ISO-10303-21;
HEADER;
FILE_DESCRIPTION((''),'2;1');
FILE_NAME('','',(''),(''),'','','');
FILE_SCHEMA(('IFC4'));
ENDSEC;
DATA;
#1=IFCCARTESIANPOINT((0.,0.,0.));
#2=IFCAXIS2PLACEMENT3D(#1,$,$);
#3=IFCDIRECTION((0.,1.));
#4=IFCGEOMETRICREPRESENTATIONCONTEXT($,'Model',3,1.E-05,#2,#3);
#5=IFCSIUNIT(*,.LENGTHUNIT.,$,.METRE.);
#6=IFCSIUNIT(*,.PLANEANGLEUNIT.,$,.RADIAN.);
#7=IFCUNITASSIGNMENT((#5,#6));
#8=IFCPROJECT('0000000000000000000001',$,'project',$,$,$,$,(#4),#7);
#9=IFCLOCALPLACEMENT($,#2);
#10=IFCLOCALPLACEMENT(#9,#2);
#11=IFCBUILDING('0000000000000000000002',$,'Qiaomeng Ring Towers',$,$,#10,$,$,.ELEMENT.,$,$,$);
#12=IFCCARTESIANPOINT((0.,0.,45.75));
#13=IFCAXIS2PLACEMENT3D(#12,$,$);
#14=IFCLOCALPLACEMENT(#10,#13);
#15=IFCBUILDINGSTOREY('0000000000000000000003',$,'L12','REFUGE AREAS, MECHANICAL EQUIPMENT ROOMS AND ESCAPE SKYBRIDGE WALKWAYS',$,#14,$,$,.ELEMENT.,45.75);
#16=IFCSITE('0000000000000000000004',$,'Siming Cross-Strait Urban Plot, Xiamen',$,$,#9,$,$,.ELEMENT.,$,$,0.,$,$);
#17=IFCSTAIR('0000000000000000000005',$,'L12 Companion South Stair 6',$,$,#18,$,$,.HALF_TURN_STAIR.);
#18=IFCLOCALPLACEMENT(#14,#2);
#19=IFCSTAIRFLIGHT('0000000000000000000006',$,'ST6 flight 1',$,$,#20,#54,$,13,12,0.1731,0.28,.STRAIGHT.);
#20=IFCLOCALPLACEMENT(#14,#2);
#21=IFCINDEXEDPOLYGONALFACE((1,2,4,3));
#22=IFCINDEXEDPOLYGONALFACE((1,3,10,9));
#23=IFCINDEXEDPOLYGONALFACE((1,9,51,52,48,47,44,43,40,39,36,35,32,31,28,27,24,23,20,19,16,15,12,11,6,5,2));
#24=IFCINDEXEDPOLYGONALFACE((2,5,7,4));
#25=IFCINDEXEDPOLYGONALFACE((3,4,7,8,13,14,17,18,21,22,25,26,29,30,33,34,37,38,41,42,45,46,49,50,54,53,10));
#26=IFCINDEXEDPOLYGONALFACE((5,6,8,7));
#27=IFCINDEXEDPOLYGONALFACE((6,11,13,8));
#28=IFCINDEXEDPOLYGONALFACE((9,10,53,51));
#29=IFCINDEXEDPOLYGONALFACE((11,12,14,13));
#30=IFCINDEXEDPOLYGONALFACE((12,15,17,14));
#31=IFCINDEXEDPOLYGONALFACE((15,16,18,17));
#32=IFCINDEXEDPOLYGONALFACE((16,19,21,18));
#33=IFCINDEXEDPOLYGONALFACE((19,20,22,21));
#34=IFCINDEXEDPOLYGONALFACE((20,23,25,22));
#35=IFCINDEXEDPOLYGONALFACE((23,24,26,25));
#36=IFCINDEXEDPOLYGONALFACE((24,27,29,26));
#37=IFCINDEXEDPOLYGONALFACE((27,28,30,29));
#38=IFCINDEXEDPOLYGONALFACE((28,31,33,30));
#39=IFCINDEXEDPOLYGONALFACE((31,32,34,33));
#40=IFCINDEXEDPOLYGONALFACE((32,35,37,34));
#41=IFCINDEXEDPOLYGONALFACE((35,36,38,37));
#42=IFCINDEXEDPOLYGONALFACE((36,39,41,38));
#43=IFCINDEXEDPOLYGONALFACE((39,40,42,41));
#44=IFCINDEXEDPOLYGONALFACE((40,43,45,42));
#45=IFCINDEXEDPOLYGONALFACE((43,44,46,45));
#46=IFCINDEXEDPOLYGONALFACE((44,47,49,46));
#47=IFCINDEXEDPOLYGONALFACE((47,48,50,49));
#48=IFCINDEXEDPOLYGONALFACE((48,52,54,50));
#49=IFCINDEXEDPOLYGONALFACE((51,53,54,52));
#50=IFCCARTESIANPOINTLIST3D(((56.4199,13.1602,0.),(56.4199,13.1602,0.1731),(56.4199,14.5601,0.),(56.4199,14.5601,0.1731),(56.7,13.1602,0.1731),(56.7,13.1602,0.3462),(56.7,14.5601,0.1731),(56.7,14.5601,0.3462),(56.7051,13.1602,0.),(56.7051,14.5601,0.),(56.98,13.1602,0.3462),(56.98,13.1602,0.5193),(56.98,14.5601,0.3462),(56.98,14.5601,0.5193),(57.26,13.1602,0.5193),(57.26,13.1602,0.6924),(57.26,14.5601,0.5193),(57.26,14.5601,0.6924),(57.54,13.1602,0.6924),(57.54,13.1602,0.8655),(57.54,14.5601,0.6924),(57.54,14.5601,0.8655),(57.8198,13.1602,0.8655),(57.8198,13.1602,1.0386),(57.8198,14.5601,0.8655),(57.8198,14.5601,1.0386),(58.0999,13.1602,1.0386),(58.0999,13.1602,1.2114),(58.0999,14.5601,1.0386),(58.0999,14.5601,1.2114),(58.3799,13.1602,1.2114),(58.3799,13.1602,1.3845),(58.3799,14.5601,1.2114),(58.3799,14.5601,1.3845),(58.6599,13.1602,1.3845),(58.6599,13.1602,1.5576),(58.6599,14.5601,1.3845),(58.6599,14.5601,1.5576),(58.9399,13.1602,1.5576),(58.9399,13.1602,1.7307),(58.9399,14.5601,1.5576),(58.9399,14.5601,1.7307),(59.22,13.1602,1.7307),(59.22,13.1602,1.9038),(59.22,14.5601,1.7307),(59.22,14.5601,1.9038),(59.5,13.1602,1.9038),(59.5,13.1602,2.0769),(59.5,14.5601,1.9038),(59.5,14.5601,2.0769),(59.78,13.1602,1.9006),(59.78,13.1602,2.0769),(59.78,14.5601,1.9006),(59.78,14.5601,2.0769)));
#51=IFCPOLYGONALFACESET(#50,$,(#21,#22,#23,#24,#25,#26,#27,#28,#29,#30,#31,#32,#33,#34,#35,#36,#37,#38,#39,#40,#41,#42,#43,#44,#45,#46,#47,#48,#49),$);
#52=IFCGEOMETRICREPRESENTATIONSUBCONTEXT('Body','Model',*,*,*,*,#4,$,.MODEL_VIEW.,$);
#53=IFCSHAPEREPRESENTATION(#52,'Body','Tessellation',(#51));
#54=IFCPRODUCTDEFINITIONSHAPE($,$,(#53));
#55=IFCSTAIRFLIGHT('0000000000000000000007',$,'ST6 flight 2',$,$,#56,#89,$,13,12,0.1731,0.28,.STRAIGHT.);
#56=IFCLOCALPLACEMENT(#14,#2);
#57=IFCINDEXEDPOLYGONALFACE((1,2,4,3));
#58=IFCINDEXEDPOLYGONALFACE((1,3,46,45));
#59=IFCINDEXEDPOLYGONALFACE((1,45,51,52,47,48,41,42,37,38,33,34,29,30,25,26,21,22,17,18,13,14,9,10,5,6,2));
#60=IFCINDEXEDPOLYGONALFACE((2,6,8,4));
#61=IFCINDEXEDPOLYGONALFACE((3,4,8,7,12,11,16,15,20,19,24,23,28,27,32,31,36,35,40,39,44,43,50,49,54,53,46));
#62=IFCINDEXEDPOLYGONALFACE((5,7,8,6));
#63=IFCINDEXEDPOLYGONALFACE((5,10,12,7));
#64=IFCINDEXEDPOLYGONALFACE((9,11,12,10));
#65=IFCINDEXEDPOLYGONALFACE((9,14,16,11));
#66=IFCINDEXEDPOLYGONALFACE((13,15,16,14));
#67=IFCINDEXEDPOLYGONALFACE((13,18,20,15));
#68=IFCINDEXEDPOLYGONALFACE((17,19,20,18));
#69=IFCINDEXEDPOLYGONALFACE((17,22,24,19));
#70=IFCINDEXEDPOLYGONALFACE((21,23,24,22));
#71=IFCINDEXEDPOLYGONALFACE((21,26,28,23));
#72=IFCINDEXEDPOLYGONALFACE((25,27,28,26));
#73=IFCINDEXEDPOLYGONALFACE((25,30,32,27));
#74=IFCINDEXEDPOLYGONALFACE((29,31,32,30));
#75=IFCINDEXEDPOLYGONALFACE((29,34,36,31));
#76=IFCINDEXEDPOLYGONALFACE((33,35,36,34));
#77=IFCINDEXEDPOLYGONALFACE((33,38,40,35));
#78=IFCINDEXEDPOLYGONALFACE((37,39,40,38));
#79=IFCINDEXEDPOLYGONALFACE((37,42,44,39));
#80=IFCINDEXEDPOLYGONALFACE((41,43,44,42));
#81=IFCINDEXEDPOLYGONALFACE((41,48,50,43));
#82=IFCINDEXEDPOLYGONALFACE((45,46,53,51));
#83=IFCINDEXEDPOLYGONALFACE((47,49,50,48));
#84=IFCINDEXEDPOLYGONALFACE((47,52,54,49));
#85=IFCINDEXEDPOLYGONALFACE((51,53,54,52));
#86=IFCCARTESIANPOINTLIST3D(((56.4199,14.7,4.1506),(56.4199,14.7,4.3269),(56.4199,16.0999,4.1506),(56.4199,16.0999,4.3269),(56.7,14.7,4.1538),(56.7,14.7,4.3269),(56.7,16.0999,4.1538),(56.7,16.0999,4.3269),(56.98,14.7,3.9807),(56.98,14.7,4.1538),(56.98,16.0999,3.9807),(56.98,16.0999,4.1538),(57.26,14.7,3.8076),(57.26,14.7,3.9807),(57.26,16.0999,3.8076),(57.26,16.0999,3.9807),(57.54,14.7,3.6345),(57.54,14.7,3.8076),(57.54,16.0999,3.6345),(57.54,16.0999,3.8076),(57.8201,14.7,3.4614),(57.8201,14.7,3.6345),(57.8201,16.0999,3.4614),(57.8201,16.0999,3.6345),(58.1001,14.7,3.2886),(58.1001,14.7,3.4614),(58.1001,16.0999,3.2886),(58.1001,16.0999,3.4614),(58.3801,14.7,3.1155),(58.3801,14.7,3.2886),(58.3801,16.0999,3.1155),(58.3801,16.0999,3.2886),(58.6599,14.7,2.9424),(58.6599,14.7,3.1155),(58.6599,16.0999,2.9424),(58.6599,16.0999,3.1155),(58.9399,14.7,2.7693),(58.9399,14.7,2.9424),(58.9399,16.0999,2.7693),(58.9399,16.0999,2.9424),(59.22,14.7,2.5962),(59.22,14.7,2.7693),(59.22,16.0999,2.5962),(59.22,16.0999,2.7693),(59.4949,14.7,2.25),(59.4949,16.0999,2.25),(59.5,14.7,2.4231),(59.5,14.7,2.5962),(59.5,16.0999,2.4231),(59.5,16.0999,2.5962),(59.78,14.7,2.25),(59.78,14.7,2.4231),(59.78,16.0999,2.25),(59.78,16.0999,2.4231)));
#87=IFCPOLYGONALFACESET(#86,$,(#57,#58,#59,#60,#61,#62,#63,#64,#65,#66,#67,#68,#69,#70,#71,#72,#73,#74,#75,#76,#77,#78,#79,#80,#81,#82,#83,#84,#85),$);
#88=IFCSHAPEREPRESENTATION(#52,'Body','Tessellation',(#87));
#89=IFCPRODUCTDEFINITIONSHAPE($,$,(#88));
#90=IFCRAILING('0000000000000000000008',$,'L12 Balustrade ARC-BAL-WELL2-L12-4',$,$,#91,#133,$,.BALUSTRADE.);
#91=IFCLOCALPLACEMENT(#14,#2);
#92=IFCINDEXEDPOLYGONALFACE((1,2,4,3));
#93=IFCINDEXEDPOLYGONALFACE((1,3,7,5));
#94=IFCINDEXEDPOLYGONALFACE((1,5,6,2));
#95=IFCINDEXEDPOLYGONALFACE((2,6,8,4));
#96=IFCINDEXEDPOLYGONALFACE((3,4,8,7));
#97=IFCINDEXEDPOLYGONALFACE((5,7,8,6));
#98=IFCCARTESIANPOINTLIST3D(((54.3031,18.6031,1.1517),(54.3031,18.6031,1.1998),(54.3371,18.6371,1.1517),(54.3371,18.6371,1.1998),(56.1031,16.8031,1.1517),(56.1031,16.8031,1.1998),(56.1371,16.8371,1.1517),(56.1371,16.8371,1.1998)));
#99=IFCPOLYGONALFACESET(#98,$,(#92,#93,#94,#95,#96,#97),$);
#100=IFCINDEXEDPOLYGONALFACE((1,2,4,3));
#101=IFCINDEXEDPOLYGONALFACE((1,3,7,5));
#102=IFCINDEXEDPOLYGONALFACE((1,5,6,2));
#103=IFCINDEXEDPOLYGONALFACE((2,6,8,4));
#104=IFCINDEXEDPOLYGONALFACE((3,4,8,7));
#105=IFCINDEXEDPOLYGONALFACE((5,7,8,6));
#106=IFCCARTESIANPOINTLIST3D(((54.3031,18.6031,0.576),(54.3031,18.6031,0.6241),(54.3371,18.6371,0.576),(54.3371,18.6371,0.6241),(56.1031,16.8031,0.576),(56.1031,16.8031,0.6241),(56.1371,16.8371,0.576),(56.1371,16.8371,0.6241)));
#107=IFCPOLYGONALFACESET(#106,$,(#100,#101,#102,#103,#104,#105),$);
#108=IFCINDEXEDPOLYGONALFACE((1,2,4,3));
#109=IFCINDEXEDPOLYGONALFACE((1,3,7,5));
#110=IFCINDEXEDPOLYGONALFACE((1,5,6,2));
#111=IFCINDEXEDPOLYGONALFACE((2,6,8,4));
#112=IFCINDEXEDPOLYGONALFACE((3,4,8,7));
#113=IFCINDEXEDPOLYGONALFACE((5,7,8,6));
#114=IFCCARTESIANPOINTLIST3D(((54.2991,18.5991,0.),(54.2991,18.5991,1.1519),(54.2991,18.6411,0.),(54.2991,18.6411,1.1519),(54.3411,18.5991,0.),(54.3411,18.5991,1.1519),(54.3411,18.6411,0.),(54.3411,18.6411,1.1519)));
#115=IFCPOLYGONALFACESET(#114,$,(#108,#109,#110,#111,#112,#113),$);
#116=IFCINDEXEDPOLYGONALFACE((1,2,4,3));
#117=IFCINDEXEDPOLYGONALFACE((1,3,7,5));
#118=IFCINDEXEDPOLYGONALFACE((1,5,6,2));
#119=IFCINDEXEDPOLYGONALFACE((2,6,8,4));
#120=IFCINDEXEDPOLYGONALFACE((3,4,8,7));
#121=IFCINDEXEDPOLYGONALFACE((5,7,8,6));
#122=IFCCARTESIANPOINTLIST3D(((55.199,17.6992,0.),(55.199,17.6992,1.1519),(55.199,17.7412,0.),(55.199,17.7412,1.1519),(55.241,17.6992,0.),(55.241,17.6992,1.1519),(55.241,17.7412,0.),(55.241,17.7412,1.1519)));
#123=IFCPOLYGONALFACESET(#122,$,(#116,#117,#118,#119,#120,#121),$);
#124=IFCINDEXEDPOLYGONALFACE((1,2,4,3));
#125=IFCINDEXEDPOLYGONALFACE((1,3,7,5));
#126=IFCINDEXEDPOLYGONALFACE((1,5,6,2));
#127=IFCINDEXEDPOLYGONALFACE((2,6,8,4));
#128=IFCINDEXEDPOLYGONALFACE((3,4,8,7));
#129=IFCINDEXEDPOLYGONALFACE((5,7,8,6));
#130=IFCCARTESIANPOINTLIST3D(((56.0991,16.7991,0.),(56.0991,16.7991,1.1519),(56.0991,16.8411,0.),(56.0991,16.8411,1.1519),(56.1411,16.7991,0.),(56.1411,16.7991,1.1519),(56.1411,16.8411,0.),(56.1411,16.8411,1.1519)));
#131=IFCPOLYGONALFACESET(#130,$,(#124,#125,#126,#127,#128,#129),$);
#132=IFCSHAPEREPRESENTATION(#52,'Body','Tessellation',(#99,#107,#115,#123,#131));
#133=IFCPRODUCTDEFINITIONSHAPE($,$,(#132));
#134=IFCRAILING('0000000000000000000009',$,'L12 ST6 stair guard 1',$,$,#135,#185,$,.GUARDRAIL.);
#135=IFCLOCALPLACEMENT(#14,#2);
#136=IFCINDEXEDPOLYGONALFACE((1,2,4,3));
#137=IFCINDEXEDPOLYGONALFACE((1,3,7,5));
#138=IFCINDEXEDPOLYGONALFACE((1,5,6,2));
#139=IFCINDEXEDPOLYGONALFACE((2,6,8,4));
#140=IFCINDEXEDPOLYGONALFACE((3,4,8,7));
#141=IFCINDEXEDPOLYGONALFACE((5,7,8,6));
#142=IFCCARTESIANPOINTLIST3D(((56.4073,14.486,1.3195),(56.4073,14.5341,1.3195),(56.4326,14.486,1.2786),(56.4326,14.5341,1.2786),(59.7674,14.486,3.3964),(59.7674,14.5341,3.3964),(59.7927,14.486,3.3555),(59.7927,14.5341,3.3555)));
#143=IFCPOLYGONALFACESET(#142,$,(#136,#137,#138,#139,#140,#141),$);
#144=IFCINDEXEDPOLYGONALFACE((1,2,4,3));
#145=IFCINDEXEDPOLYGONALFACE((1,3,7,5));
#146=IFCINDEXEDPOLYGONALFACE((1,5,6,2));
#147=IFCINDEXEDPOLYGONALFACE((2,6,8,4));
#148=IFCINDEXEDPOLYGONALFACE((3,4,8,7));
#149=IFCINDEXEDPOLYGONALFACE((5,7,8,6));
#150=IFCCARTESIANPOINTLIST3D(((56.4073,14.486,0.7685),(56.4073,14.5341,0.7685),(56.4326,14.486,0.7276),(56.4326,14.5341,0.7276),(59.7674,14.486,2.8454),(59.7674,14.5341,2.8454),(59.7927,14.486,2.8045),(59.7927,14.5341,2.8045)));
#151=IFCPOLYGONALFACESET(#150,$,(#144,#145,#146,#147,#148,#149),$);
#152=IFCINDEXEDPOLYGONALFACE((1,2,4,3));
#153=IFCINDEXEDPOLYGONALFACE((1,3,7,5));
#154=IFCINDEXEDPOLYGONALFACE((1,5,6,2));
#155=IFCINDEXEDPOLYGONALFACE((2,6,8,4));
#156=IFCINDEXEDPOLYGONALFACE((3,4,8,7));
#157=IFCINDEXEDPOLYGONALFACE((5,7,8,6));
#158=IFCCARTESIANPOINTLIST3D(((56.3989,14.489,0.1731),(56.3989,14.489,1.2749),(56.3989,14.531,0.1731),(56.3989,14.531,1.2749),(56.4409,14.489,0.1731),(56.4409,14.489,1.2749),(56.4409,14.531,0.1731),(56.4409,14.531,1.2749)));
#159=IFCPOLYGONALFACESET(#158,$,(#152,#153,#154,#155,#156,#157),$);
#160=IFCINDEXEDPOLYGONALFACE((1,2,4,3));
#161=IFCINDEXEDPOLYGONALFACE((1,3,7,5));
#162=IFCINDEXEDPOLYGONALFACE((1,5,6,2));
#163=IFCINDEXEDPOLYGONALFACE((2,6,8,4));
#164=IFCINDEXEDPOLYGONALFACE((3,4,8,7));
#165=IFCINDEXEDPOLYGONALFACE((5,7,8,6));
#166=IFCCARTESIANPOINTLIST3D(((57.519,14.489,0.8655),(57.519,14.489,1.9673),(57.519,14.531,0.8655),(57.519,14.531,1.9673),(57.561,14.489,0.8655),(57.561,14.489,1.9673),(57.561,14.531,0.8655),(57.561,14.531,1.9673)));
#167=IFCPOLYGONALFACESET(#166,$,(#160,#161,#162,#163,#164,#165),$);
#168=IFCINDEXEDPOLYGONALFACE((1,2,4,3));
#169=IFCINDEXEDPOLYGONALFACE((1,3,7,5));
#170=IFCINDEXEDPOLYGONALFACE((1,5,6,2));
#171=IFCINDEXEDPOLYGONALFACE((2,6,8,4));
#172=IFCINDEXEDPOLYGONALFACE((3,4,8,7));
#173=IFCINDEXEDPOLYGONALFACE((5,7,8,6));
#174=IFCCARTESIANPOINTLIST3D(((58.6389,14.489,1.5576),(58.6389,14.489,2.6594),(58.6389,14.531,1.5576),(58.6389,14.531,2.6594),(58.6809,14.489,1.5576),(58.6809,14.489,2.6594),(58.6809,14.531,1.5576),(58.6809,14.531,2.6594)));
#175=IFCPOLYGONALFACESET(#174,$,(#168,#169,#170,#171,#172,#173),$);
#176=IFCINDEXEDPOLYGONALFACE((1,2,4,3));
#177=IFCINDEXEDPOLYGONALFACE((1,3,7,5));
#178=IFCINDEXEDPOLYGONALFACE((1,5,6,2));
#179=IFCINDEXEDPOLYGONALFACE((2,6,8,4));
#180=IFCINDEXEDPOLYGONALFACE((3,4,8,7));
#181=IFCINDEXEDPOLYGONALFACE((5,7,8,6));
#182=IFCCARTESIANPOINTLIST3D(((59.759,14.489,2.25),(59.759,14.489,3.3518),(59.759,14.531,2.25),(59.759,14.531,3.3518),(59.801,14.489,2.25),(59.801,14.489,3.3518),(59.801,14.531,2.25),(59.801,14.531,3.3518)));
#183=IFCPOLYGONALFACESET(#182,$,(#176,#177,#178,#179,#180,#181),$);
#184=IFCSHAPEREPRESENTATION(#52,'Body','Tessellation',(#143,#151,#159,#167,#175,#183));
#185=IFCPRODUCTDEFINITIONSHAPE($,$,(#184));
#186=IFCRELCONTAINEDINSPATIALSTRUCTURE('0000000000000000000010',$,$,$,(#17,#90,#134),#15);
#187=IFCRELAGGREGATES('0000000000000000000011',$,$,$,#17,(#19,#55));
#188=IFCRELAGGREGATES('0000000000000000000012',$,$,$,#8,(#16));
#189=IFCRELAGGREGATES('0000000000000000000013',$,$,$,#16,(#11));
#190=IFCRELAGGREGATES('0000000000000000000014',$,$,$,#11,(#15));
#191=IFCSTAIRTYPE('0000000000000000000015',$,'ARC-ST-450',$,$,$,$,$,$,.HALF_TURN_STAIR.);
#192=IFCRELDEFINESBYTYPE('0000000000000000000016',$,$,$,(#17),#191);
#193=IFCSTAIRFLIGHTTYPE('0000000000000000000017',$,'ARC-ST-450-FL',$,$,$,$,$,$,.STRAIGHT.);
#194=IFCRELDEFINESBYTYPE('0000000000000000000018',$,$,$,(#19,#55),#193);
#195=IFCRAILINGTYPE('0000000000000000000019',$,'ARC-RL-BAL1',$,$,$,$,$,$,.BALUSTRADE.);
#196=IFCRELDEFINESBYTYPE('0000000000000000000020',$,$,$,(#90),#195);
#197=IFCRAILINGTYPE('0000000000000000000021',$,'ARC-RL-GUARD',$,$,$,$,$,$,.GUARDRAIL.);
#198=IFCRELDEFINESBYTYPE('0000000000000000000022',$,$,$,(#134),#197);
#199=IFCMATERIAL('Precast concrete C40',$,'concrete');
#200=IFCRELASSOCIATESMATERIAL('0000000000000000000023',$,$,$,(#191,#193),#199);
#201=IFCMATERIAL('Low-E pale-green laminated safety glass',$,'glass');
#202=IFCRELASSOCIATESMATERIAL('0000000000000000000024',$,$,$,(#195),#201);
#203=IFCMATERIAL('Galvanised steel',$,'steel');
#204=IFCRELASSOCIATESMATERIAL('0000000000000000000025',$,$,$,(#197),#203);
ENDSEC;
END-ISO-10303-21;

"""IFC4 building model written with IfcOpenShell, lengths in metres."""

from ifc_helpers import new_model, si_unit, direction, frame, origin, origin_2d, place, context, subcontext, project, spatial, polyline, rectangle, outline, extrude, source, transform, mapped, material, type_object, element, aggregate, save


model = new_model("IFC4")

# Units and contexts
model_context = context("Model", 3, precision=1e-05, world=origin(), true_north=direction((0.0, 1.0)))
body_context = subcontext(model_context, "Body", "Model", "MODEL_VIEW")
ifc_project = project(units=[si_unit("LENGTHUNIT", "METRE"), si_unit("PLANEANGLEUNIT", "RADIAN")], contexts=[model_context])

# Site, building, storey
site_placement = place(None, origin())
site = spatial("IfcSite", under=ifc_project, at=site_placement, Name="Siming Cross-Strait Urban Plot, Xiamen", CompositionType="ELEMENT", RefElevation=0.0)
building_placement = place(site_placement, origin())
building = spatial("IfcBuilding", under=site, at=building_placement, Name="Qiaomeng Ring Towers", CompositionType="ELEMENT")
storey_placement = place(building_placement, frame((0.0, 0.0, 45.75)))
storey = spatial("IfcBuildingStorey", under=building, at=storey_placement, Name="L12", Description="REFUGE AREAS, MECHANICAL EQUIPMENT ROOMS AND ESCAPE SKYBRIDGE WALKWAYS", CompositionType="ELEMENT", Elevation=45.75)

# Shared definitions
ifc_material_1 = material(Name="Galvanised steel", Category="steel")

# Stair, stair flights
ifc_material_2 = material(Name="Precast concrete C40", Category="concrete")
stair_type = type_object("IfcStairType", Name="ARC-ST-450", PredefinedType="HALF_TURN_STAIR", material=ifc_material_2)
stair_placement = place(storey_placement, origin())
stair = element("IfcStair", 1, at=stair_placement, inside=storey, type_object=stair_type, Name="L12 Companion South Stair 6", PredefinedType="HALF_TURN_STAIR")
stair_flight_type = type_object("IfcStairFlightType", Name="ARC-ST-450-FL", PredefinedType="STRAIGHT", material=ifc_material_2)
shared_shape_1 = source(origin(), body_context, "Body", "SweptSolid", [
    extrude(outline(polyline([(0.0, 0.0), (0.0, 0.1731), (0.28, 0.1731), (0.28, 0.3462), (0.5601, 0.3462), (0.5601, 0.5193), (0.8401, 0.5193), (0.8401, 0.6924), (1.1201, 0.6924), (1.1201, 0.8655), (1.3999, 0.8655), (1.3999, 1.0386), (1.6799, 1.0386), (1.6799, 1.2114), (1.96, 1.2114), (1.96, 1.3845), (2.24, 1.3845), (2.24, 1.5576), (2.52, 1.5576), (2.52, 1.7307), (2.8, 1.7307), (2.8, 1.9038), (3.0801, 1.9038), (3.0801, 2.0769), (3.3601, 2.0769), (3.3601, 2.25), (3.3601, 1.9006), (0.2852, 0.0), (0.0, 0.0)])), frame((0.0, 0.7, 0.0), z_axis=(0.0, -1.0, 0.0), x_axis=(1.0, 0.0, 0.0)), (0.0, 0.0, 1.0), 1.3999),
])
stair_flight_1_placement = place(storey_placement, frame((56.4199, 13.8601, 0.0), z_axis=(0.0, 0.0, 1.0), x_axis=(1.0, 0.0, 0.0)))
stair_flight_1 = element("IfcStairFlight", 2, at=stair_flight_1_placement, type_object=stair_flight_type, Name="ST6 flight 1", NumberOfRisers=13, NumberOfTreads=12, PredefinedType="STRAIGHT", RiserHeight=0.1731, TreadLength=0.28, context=body_context, shape_type="MappedRepresentation", body=[
    mapped(shared_shape_1, transform((0.0, 0.0, 0.0), x_axis=(1.0, 0.0, 0.0), y_axis=(0.0, 1.0, 0.0), z_axis=(0.0, 0.0, 1.0), scale=1.0)),
])
stair_flight_2_placement = place(storey_placement, frame((59.78, 15.3999, 2.25), z_axis=(0.0, 0.0, 1.0), x_axis=(-1.0, 0.0, 0.0)))
stair_flight_2 = element("IfcStairFlight", 3, at=stair_flight_2_placement, type_object=stair_flight_type, Name="ST6 flight 2", NumberOfRisers=13, NumberOfTreads=12, PredefinedType="STRAIGHT", RiserHeight=0.1731, TreadLength=0.28, context=body_context, shape_type="MappedRepresentation", body=[
    mapped(shared_shape_1, transform((0.0, 0.0, 0.0), x_axis=(1.0, 0.0, 0.0), y_axis=(0.0, 1.0, 0.0), z_axis=(0.0, 0.0, 1.0), scale=1.0)),
])
aggregate(stair, [stair_flight_1, stair_flight_2])

# Railings
ifc_material_3 = material(Name="Low-E pale-green laminated safety glass", Category="glass")
railing_type_1 = type_object("IfcRailingType", Name="ARC-RL-BAL1", PredefinedType="BALUSTRADE", material=ifc_material_3)
railing_1_placement = place(storey_placement, frame((54.3201, 18.6201, 0.0)))
element("IfcRailing", 4, at=railing_1_placement, inside=storey, type_object=railing_type_1, Name="L12 Balustrade ARC-BAL-WELL2-L12-4", PredefinedType="BALUSTRADE", context=body_context, shape_type="SweptSolid", body=[
    extrude(rectangle(XDim=0.0481, YDim=0.0481, at=origin_2d()), frame((0.0, 0.0, 1.1758), z_axis=(0.707107, -0.707107, 0.0), x_axis=(0.707107, 0.707107, 0.0)), (0.0, 0.0, 1.0), 2.5457),
    extrude(rectangle(XDim=0.0481, YDim=0.0481, at=origin_2d()), frame((0.0, 0.0, 0.6001), z_axis=(0.707107, -0.707107, 0.0), x_axis=(0.707107, 0.707107, 0.0)), (0.0, 0.0, 1.0), 2.5457),
    extrude(rectangle(XDim=0.042, YDim=0.042, at=origin_2d()), origin(), (0.0, 0.0, 1.0), 1.1519),
    extrude(rectangle(XDim=0.042, YDim=0.042, at=origin_2d()), frame((0.8999, -0.8999, 0.0)), (0.0, 0.0, 1.0), 1.1519),
    extrude(rectangle(XDim=0.042, YDim=0.042, at=origin_2d()), frame((1.8, -1.8, 0.0)), (0.0, 0.0, 1.0), 1.1519),
])
railing_type_2 = type_object("IfcRailingType", Name="ARC-RL-GUARD", PredefinedType="GUARDRAIL", material=ifc_material_1)
railing_2_placement = place(storey_placement, frame((56.4199, 14.51, 0.1731)))
element("IfcRailing", 5, at=railing_2_placement, inside=storey, type_object=railing_type_2, Name="L12 ST6 stair guard 1", PredefinedType="GUARDRAIL", context=body_context, shape_type="SweptSolid", body=[
    extrude(rectangle(XDim=0.0481, YDim=0.0481, at=origin_2d()), frame((0.0, 0.0, 1.126), z_axis=(0.850623, 0.0, 0.525776), x_axis=(0.0, 1.0, 0.0)), (0.0, 0.0, 1.0), 3.9502),
    extrude(rectangle(XDim=0.0481, YDim=0.0481, at=origin_2d()), frame((0.0, 0.0, 0.575), z_axis=(0.850623, 0.0, 0.525776), x_axis=(0.0, 1.0, 0.0)), (0.0, 0.0, 1.0), 3.9502),
    extrude(rectangle(XDim=0.042, YDim=0.042, at=origin_2d()), origin(), (0.0, 0.0, 1.0), 1.1018),
    extrude(rectangle(XDim=0.042, YDim=0.042, at=origin_2d()), frame((1.1201, 0.0, 0.6924)), (0.0, 0.0, 1.0), 1.1018),
    extrude(rectangle(XDim=0.042, YDim=0.042, at=origin_2d()), frame((2.24, 0.0, 1.3845)), (0.0, 0.0, 1.0), 1.1018),
    extrude(rectangle(XDim=0.042, YDim=0.042, at=origin_2d()), frame((3.3601, 0.0, 2.0769)), (0.0, 0.0, 1.0), 1.1018),
])

save(model, "model.ifc")
